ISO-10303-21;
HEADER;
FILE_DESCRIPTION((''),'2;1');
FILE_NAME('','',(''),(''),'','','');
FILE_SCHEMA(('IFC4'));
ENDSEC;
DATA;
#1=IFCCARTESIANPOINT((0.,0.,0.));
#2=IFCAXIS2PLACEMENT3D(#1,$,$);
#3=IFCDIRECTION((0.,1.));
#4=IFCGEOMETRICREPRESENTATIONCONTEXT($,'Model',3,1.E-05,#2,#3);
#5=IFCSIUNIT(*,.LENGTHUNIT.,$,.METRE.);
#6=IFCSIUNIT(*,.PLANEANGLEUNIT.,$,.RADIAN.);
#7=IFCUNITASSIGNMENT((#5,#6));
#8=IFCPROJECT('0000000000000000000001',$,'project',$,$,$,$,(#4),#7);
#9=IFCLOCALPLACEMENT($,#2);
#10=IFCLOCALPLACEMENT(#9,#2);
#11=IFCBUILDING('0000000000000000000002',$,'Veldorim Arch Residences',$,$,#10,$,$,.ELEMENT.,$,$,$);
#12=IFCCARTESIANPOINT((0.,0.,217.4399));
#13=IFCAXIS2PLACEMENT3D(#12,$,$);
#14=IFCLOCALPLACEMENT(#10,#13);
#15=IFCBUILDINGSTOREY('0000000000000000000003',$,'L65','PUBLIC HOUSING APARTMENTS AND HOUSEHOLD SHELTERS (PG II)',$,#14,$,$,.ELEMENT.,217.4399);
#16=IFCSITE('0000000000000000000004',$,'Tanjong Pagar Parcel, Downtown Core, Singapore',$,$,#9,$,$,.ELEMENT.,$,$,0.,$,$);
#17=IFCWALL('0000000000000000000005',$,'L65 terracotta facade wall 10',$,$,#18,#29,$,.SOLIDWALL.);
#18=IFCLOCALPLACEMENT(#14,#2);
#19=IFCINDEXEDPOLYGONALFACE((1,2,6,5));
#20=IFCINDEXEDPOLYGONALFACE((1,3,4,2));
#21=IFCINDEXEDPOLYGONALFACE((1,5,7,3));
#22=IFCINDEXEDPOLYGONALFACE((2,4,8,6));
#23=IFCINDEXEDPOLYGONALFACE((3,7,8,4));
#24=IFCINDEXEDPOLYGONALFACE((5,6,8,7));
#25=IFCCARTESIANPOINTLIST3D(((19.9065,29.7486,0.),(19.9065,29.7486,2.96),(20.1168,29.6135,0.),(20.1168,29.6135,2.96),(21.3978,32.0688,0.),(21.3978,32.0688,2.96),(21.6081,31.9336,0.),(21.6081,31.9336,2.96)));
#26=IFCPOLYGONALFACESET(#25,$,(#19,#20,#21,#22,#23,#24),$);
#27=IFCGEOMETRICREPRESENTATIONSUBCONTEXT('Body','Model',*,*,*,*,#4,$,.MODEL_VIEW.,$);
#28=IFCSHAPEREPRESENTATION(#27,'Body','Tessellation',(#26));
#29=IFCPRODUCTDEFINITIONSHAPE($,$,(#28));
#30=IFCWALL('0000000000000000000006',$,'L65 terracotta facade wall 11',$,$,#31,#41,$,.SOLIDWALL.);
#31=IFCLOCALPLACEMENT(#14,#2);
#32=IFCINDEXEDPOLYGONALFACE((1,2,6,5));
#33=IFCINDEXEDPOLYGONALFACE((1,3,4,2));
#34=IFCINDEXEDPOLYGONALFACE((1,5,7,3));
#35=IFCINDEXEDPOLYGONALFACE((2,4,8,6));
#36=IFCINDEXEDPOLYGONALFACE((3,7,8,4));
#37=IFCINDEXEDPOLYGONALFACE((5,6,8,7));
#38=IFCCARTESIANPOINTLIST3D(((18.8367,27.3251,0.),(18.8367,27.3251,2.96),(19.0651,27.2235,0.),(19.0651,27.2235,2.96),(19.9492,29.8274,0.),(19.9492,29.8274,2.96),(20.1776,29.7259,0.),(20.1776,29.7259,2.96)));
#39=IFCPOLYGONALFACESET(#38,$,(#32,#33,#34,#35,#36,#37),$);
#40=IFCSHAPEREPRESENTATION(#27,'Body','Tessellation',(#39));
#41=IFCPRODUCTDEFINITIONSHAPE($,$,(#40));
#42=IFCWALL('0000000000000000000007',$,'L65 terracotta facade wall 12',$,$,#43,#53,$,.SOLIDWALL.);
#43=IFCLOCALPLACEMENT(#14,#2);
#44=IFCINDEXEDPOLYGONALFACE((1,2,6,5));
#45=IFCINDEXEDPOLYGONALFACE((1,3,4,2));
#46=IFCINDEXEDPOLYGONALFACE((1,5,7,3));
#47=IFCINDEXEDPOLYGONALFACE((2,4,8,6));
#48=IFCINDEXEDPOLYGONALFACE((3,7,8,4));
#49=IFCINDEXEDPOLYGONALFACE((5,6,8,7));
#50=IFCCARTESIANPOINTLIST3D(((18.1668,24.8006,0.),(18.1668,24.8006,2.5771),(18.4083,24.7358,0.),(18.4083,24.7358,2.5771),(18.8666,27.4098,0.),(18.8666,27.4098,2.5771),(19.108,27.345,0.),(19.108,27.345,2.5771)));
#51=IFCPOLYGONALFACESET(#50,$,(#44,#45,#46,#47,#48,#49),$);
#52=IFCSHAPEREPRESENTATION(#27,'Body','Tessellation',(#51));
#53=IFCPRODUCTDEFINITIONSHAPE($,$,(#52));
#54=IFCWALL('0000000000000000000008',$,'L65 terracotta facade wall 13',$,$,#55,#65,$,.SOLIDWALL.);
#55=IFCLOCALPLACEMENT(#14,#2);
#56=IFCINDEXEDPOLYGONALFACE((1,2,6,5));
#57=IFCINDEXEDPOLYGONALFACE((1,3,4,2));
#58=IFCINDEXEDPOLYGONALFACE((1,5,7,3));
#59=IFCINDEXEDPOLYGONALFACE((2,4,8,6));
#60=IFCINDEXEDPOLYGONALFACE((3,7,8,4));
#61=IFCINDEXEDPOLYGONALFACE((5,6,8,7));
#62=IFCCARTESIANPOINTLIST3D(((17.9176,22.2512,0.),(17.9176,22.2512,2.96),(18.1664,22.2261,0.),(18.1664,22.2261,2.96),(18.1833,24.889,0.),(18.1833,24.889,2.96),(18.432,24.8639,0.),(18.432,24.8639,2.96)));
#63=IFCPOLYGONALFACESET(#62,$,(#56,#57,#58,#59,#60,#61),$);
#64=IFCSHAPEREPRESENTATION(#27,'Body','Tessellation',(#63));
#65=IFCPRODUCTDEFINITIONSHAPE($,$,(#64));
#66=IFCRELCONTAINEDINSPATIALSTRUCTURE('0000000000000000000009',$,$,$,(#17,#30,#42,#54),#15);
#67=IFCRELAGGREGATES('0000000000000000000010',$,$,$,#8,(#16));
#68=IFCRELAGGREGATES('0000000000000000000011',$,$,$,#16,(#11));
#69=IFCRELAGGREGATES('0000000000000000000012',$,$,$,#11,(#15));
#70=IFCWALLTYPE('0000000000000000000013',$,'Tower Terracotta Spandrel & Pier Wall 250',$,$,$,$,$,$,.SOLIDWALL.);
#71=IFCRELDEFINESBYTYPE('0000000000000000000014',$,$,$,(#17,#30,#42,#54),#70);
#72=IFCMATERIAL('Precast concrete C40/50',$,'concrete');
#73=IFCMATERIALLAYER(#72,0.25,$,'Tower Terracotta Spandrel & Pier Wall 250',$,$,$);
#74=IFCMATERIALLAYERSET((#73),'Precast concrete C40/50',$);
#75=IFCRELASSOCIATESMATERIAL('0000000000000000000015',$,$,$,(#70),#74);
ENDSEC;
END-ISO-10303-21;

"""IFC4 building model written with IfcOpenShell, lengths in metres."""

from ifc_helpers import new_model, si_unit, direction, frame, frame_2d, origin, place, context, subcontext, project, spatial, rectangle, extrude, material, layer, layer_set, type_object, element, save


model = new_model("IFC4")

# Units and contexts
model_context = context("Model", 3, precision=1e-05, world=origin(), true_north=direction((0.0, 1.0)))
body_context = subcontext(model_context, "Body", "Model", "MODEL_VIEW")
ifc_project = project(units=[si_unit("LENGTHUNIT", "METRE"), si_unit("PLANEANGLEUNIT", "RADIAN")], contexts=[model_context])

# Site, building, storey
site_placement = place(None, origin())
site = spatial("IfcSite", under=ifc_project, at=site_placement, Name="Tanjong Pagar Parcel, Downtown Core, Singapore", CompositionType="ELEMENT", RefElevation=0.0)
building_placement = place(site_placement, origin())
building = spatial("IfcBuilding", under=site, at=building_placement, Name="Veldorim Arch Residences", CompositionType="ELEMENT")
storey_placement = place(building_placement, frame((0.0, 0.0, 217.4399)))
storey = spatial("IfcBuildingStorey", under=building, at=storey_placement, Name="L65", Description="PUBLIC HOUSING APARTMENTS AND HOUSEHOLD SHELTERS (PG II)", CompositionType="ELEMENT", Elevation=217.4399)

# Walls
ifc_material_1 = material(Name="Precast concrete C40/50", Category="concrete")
ifc_layer_1 = layer(ifc_material_1, 0.25, Name="Tower Terracotta Spandrel & Pier Wall 250")
ifc_layer_set_1 = layer_set([ifc_layer_1], Name="Precast concrete C40/50")
wall_type_1 = type_object("IfcWallType", Name="Tower Terracotta Spandrel & Pier Wall 250", PredefinedType="SOLIDWALL", material=ifc_layer_set_1)
wall_1_placement = place(storey_placement, frame((20.0117, 29.6812, 0.0), z_axis=(0.0, 0.0, 1.0), x_axis=(0.54069, 0.841222, 0.0)))
element("IfcWall", 1, at=wall_1_placement, inside=storey, type_object=wall_type_1, Name="L65 terracotta facade wall 10", PredefinedType="SOLIDWALL", context=body_context, shape_type="SweptSolid", body=[
    extrude(rectangle(XDim=2.7581, YDim=0.25, at=frame_2d((1.3789, 0.0))), origin(), (0.0, 0.0, 1.0), 2.96),
])
wall_2_placement = place(storey_placement, frame((18.9509, 27.2744, 0.0), z_axis=(0.0, 0.0, 1.0), x_axis=(0.406246, 0.913764, 0.0)))
element("IfcWall", 2, at=wall_2_placement, inside=storey, type_object=wall_type_1, Name="L65 terracotta facade wall 11", PredefinedType="SOLIDWALL", context=body_context, shape_type="SweptSolid", body=[
    extrude(rectangle(XDim=2.7385, YDim=0.25, at=frame_2d((1.3691, 0.0))), origin(), (0.0, 0.0, 1.0), 2.96),
])
wall_3_placement = place(storey_placement, frame((18.2876, 24.7683, 0.0), z_axis=(0.0, 0.0, 1.0), x_axis=(0.259024, 0.965871, 0.0)))
element("IfcWall", 3, at=wall_3_placement, inside=storey, type_object=wall_type_1, Name="L65 terracotta facade wall 12", PredefinedType="SOLIDWALL", context=body_context, shape_type="SweptSolid", body=[
    extrude(rectangle(XDim=2.7014, YDim=0.25, at=frame_2d((1.3506, 0.0))), origin(), (0.0, 0.0, 1.0), 2.5771),
])
wall_4_placement = place(storey_placement, frame((18.042, 22.2385, 0.0), z_axis=(0.0, 0.0, 1.0), x_axis=(0.100197, 0.994968, 0.0)))
element("IfcWall", 4, at=wall_4_placement, inside=storey, type_object=wall_type_1, Name="L65 terracotta facade wall 13", PredefinedType="SOLIDWALL", context=body_context, shape_type="SweptSolid", body=[
    extrude(rectangle(XDim=2.6511, YDim=0.25, at=frame_2d((1.3257, 0.0))), origin(), (0.0, 0.0, 1.0), 2.96),
])

save(model, "model.ifc")
